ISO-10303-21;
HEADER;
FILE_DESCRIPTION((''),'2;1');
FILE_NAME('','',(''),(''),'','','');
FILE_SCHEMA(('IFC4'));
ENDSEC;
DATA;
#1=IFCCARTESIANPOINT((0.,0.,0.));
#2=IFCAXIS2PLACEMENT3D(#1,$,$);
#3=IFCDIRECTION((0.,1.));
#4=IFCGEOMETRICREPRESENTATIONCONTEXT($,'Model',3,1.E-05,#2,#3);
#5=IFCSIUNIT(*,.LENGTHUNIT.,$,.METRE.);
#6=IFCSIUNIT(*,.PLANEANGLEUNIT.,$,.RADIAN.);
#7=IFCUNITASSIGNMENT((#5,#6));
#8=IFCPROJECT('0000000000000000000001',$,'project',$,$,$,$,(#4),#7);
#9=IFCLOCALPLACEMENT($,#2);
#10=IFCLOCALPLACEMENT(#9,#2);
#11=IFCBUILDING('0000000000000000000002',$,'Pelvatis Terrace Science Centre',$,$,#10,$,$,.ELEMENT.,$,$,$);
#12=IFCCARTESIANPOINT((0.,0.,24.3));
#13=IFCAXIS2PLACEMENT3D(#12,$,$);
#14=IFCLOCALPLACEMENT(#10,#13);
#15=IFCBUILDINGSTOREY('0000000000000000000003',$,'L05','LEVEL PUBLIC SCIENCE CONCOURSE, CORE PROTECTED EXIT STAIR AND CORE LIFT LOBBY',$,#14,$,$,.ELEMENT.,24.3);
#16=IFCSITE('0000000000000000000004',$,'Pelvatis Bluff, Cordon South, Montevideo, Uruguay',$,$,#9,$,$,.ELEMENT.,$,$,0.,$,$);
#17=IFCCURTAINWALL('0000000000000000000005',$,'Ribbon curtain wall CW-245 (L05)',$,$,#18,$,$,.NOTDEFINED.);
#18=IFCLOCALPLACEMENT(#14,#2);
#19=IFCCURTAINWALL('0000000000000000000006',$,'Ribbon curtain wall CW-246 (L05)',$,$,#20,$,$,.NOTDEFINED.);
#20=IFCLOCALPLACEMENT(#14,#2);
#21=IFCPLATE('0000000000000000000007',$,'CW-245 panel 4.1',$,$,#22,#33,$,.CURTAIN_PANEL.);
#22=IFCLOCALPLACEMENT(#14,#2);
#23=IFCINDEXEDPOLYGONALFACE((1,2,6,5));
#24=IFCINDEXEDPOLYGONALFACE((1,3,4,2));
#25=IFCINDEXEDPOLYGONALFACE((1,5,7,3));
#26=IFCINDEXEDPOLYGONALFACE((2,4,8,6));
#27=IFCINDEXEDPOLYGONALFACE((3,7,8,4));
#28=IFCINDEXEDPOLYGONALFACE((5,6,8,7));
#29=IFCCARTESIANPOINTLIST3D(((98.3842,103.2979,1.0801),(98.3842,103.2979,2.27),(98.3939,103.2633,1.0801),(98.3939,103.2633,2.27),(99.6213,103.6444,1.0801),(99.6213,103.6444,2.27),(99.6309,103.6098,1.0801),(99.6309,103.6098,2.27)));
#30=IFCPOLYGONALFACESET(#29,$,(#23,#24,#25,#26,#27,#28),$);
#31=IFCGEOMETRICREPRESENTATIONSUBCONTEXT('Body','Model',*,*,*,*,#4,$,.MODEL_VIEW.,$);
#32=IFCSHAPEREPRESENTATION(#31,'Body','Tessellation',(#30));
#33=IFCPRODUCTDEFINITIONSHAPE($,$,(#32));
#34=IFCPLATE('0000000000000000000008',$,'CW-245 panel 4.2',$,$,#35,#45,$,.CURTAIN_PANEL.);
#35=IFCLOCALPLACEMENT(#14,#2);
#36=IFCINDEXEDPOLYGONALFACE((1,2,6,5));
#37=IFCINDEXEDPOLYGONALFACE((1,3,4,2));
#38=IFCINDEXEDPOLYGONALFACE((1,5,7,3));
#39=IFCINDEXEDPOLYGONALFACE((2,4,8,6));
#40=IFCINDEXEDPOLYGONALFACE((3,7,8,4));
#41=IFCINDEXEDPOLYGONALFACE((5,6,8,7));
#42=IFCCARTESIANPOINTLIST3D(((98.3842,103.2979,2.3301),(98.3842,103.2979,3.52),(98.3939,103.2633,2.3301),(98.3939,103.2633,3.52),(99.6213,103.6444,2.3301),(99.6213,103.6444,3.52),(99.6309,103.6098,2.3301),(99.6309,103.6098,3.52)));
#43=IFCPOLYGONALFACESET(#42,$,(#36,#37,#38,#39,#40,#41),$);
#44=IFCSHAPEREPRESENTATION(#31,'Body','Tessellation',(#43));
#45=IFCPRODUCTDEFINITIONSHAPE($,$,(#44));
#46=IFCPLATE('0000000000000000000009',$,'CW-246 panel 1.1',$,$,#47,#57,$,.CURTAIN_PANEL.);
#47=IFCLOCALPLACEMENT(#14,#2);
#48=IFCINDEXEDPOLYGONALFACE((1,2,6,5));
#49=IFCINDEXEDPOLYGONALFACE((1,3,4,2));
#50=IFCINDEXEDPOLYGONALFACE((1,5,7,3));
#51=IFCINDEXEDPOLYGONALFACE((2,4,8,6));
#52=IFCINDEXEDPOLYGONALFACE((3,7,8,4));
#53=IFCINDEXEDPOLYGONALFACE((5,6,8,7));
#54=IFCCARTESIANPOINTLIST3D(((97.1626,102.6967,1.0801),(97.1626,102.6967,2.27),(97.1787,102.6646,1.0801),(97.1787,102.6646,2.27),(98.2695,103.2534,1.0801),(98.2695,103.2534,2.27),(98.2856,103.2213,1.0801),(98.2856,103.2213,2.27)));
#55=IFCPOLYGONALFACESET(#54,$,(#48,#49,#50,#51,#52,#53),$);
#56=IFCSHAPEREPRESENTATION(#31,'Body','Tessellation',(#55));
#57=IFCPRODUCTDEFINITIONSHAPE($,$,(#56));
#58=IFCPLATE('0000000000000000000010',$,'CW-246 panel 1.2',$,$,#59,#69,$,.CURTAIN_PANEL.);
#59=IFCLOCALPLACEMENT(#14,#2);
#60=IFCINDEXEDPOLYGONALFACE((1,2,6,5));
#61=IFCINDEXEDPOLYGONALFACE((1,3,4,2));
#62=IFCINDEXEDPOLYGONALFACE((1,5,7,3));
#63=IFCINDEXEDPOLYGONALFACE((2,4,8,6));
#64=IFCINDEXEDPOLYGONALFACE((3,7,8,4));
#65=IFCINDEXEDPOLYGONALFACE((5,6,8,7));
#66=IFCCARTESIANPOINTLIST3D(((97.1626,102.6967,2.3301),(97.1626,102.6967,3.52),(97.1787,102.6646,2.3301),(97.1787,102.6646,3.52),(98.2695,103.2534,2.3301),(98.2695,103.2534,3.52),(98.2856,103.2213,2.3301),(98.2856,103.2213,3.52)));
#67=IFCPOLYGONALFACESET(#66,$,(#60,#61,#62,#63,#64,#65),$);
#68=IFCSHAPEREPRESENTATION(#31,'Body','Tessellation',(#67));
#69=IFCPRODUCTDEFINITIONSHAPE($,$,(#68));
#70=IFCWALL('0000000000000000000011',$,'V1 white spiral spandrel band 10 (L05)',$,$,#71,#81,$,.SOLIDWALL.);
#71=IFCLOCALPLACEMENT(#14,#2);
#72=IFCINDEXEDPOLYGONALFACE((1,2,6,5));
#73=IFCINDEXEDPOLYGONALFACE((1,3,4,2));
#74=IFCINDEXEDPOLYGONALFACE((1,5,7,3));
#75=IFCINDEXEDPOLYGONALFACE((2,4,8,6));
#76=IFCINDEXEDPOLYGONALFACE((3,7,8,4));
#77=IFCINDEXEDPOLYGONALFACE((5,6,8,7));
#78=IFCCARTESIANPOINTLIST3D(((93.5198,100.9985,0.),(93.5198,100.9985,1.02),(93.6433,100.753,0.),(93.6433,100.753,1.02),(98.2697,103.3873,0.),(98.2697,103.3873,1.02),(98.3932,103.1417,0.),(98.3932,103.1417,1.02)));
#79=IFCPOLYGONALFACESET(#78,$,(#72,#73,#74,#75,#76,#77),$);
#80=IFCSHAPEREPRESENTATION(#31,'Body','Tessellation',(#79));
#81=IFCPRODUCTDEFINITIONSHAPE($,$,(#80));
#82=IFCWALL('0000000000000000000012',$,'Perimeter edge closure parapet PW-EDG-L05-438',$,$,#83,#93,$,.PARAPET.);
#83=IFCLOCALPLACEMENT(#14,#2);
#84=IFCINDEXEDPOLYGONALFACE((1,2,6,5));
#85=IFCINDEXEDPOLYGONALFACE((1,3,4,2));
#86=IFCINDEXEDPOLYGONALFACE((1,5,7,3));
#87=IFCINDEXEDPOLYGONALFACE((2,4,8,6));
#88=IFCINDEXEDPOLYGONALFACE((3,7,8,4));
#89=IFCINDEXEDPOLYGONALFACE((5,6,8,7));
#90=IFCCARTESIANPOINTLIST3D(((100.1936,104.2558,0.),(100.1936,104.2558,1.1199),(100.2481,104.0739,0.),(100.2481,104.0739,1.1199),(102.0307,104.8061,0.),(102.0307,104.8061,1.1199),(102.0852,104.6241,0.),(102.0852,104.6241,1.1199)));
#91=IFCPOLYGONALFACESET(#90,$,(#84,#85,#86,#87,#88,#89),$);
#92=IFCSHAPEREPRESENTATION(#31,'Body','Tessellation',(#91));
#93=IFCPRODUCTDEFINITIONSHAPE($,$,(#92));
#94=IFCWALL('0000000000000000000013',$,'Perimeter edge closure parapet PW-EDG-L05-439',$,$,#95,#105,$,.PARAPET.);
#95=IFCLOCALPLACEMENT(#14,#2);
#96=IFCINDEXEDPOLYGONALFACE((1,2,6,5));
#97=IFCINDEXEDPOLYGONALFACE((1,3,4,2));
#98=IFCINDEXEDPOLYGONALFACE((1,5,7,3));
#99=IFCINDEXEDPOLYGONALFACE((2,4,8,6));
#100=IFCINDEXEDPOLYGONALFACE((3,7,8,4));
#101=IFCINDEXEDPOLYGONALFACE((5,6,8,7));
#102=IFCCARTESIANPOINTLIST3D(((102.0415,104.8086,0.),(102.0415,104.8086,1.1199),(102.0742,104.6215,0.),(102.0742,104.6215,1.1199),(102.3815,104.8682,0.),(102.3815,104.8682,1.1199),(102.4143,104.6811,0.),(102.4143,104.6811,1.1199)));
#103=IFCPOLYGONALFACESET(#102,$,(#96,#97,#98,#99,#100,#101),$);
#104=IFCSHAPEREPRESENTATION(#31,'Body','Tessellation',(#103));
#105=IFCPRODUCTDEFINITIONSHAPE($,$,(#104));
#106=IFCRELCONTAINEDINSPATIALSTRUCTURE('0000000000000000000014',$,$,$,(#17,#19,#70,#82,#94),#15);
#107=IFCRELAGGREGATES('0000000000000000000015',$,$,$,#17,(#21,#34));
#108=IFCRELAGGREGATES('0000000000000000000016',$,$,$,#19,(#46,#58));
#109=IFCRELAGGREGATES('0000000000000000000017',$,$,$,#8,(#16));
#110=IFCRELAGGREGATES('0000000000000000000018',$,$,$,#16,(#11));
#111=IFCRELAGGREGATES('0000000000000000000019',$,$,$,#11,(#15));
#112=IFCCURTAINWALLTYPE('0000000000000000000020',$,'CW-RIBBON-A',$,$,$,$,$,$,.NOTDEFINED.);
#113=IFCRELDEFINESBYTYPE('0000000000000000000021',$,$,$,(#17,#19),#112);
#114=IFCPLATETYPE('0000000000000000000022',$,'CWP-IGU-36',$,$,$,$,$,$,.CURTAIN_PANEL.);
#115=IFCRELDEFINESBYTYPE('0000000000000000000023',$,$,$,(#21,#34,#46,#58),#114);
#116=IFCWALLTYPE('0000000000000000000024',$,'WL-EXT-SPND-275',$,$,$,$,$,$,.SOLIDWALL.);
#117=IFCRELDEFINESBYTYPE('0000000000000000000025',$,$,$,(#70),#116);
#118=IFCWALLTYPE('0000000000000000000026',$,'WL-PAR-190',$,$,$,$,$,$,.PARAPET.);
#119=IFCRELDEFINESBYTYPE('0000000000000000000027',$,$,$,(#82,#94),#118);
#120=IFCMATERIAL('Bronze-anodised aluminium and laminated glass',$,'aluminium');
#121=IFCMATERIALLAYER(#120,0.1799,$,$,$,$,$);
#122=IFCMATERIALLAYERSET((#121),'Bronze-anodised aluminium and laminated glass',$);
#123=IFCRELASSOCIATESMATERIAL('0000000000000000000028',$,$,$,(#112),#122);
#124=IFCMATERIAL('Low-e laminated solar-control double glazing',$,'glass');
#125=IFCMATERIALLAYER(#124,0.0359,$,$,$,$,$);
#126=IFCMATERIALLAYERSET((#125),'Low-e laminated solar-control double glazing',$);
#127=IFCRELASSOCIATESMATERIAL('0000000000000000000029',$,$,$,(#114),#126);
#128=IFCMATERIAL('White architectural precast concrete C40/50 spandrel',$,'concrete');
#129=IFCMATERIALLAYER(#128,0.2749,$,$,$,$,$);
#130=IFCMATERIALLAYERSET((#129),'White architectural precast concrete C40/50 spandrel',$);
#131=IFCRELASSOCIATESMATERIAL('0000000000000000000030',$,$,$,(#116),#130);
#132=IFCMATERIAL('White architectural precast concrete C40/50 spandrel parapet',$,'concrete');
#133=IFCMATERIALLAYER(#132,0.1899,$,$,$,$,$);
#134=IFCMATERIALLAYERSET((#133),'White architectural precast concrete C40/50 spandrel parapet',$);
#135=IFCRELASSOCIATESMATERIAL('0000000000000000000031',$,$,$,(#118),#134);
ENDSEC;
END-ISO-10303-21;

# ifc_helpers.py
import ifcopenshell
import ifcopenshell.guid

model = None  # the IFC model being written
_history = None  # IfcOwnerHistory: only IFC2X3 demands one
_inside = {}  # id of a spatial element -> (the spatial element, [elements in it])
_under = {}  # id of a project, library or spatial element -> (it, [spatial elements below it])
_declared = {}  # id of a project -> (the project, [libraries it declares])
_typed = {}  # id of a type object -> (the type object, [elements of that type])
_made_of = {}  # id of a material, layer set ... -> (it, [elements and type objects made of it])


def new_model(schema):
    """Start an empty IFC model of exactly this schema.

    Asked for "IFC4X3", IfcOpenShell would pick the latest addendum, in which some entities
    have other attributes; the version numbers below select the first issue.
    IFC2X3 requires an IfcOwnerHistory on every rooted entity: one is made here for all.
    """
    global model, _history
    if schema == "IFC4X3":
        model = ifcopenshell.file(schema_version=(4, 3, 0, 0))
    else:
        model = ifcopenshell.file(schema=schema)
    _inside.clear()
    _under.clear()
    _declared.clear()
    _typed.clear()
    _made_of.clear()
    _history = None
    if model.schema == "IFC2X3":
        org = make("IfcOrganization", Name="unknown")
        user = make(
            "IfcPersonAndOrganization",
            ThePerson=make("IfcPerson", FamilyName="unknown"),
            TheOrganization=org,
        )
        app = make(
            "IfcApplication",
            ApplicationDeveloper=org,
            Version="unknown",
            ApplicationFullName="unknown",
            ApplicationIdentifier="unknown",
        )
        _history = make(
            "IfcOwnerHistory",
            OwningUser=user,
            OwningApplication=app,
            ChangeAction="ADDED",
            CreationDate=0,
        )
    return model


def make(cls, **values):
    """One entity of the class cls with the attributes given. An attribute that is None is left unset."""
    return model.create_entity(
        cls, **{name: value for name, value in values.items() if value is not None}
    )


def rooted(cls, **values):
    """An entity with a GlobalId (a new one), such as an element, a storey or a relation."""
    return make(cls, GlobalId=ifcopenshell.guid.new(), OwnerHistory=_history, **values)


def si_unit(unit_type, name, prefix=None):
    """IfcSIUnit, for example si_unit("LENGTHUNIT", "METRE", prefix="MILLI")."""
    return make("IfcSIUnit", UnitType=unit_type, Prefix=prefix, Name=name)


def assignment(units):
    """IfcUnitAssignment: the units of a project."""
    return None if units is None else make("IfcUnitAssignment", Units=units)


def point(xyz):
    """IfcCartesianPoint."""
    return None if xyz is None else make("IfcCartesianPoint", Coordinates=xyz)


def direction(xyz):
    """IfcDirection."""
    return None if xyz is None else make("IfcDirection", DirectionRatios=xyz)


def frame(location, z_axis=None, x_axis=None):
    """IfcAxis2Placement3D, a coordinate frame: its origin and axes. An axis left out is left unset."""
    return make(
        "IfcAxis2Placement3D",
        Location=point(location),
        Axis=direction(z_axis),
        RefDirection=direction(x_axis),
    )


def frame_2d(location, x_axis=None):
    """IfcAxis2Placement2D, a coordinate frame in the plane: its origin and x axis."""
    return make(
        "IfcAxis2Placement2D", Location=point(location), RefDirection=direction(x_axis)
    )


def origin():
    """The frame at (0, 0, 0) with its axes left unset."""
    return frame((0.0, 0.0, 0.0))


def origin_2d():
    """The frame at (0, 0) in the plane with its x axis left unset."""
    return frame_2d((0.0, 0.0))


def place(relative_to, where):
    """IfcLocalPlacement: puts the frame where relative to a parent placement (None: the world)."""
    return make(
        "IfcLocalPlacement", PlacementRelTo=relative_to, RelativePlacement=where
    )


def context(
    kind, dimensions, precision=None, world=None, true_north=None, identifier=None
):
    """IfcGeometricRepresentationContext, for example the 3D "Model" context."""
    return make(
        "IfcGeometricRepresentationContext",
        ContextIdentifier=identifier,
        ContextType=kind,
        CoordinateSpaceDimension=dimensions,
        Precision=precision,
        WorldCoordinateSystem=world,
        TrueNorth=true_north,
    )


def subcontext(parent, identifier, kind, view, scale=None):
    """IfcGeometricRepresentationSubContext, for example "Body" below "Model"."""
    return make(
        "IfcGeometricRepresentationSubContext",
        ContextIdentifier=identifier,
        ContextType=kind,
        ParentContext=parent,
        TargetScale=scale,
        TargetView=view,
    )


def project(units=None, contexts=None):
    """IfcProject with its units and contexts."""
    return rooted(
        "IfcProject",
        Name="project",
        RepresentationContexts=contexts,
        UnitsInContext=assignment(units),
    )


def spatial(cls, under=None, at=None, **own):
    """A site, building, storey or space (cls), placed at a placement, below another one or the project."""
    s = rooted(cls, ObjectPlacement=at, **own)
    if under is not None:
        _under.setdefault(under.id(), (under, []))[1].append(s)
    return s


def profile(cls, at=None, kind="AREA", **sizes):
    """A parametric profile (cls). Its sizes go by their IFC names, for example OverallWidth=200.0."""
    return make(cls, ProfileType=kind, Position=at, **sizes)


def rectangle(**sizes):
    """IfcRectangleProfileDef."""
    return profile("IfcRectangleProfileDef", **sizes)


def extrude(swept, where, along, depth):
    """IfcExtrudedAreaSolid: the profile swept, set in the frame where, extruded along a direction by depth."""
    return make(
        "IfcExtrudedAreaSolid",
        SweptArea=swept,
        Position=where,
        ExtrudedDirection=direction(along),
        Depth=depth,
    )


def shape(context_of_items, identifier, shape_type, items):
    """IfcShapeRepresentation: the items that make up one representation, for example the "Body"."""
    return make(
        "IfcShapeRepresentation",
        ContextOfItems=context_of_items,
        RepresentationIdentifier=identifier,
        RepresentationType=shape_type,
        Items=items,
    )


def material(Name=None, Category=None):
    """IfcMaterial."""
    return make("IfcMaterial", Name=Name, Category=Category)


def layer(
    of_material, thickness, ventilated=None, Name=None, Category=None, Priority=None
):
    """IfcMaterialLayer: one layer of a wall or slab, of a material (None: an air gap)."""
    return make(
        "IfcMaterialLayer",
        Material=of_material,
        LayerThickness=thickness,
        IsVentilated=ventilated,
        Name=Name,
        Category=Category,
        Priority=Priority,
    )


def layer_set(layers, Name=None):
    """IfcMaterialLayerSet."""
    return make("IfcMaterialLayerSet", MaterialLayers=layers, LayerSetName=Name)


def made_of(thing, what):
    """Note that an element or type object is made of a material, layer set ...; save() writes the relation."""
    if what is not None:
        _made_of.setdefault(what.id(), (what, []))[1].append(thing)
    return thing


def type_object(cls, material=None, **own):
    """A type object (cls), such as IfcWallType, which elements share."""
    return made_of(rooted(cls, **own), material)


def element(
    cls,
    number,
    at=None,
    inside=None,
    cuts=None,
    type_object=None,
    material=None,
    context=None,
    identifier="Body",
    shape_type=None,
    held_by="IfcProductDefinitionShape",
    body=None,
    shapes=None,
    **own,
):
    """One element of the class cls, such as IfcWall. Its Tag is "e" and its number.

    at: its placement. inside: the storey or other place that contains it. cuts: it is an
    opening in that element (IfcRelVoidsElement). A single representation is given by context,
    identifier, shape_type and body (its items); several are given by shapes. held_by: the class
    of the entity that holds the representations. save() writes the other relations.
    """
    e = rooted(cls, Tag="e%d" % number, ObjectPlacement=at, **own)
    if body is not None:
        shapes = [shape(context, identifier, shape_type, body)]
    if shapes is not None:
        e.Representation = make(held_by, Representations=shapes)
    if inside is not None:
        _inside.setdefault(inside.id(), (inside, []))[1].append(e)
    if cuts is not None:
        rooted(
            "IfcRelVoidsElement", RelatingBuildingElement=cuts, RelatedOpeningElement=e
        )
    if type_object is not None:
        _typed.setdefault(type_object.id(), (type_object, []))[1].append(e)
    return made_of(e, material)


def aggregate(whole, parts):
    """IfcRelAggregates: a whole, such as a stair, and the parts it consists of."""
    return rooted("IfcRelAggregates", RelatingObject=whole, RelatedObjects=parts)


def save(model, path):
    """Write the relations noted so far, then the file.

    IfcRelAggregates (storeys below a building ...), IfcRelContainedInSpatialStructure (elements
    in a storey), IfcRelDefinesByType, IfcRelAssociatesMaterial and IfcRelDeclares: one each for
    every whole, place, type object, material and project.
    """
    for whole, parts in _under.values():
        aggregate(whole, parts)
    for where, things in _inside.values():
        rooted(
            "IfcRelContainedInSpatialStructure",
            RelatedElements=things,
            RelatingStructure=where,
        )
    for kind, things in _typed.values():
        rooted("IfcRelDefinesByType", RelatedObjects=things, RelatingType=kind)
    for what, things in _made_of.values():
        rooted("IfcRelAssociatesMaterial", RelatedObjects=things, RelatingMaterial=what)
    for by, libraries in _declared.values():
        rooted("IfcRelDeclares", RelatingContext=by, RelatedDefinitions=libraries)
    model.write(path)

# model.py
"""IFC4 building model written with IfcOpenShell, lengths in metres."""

from ifc_helpers import new_model, si_unit, direction, frame, frame_2d, origin, origin_2d, place, context, subcontext, project, spatial, rectangle, extrude, material, layer, layer_set, type_object, element, aggregate, save


model = new_model("IFC4")

# Units and contexts
model_context = context("Model", 3, precision=1e-05, world=origin(), true_north=direction((0.0, 1.0)))
body_context = subcontext(model_context, "Body", "Model", "MODEL_VIEW")
ifc_project = project(units=[si_unit("LENGTHUNIT", "METRE"), si_unit("PLANEANGLEUNIT", "RADIAN")], contexts=[model_context])

# Site, building, storey
site_placement = place(None, origin())
site = spatial("IfcSite", under=ifc_project, at=site_placement, Name="Pelvatis Bluff, Cordon South, Montevideo, Uruguay", CompositionType="ELEMENT", RefElevation=0.0)
building_placement = place(site_placement, origin())
building = spatial("IfcBuilding", under=site, at=building_placement, Name="Pelvatis Terrace Science Centre", CompositionType="ELEMENT")
storey_placement = place(building_placement, frame((0.0, 0.0, 24.3)))
storey = spatial("IfcBuildingStorey", under=building, at=storey_placement, Name="L05", Description="LEVEL PUBLIC SCIENCE CONCOURSE, CORE PROTECTED EXIT STAIR AND CORE LIFT LOBBY", CompositionType="ELEMENT", Elevation=24.3)

# Curtain walls
ifc_material_1 = material(Name="Bronze-anodised aluminium and laminated glass", Category="aluminium")
ifc_layer_1 = layer(ifc_material_1, 0.1799)
ifc_layer_set_1 = layer_set([ifc_layer_1], Name="Bronze-anodised aluminium and laminated glass")
curtain_wall_type = type_object("IfcCurtainWallType", Name="CW-RIBBON-A", PredefinedType="NOTDEFINED", material=ifc_layer_set_1)
curtain_wall_1_placement = place(storey_placement, origin())
curtain_wall_1 = element("IfcCurtainWall", 1, at=curtain_wall_1_placement, inside=storey, type_object=curtain_wall_type, Name="Ribbon curtain wall CW-245 (L05)", PredefinedType="NOTDEFINED")
curtain_wall_2_placement = place(storey_placement, origin())
curtain_wall_2 = element("IfcCurtainWall", 2, at=curtain_wall_2_placement, inside=storey, type_object=curtain_wall_type, Name="Ribbon curtain wall CW-246 (L05)", PredefinedType="NOTDEFINED")

# Plates
ifc_material_2 = material(Name="Low-e laminated solar-control double glazing", Category="glass")
ifc_layer_2 = layer(ifc_material_2, 0.0359)
ifc_layer_set_2 = layer_set([ifc_layer_2], Name="Low-e laminated solar-control double glazing")
plate_type = type_object("IfcPlateType", Name="CWP-IGU-36", PredefinedType="CURTAIN_PANEL", material=ifc_layer_set_2)
plate_1_placement = place(storey_placement, frame((99.0076, 103.4539, 1.0801), z_axis=(0.0, 0.0, 1.0), x_axis=(-0.962946, -0.269695, 0.0)))
plate_1 = element("IfcPlate", 3, at=plate_1_placement, type_object=plate_type, Name="CW-245 panel 4.1", PredefinedType="CURTAIN_PANEL", context=body_context, shape_type="SweptSolid", body=[
    extrude(rectangle(XDim=1.2847, YDim=0.0359, at=origin_2d()), origin(), (0.0, 0.0, 1.0), 1.1899),
])
plate_2_placement = place(storey_placement, frame((99.0076, 103.4539, 2.3301), z_axis=(0.0, 0.0, 1.0), x_axis=(-0.962946, -0.269695, 0.0)))
plate_2 = element("IfcPlate", 4, at=plate_2_placement, type_object=plate_type, Name="CW-245 panel 4.2", PredefinedType="CURTAIN_PANEL", context=body_context, shape_type="SweptSolid", body=[
    extrude(rectangle(XDim=1.2847, YDim=0.0359, at=origin_2d()), origin(), (0.0, 0.0, 1.0), 1.1899),
])
aggregate(curtain_wall_1, [plate_1, plate_2])
plate_3_placement = place(storey_placement, frame((97.7241, 102.959, 1.0801), z_axis=(0.0, 0.0, 1.0), x_axis=(-0.893379, -0.449304, 0.0)))
plate_3 = element("IfcPlate", 5, at=plate_3_placement, type_object=plate_type, Name="CW-246 panel 1.1", PredefinedType="CURTAIN_PANEL", context=body_context, shape_type="SweptSolid", body=[
    extrude(rectangle(XDim=1.239, YDim=0.0359, at=origin_2d()), origin(), (0.0, 0.0, 1.0), 1.1899),
])
plate_4_placement = place(storey_placement, frame((97.7241, 102.959, 2.3301), z_axis=(0.0, 0.0, 1.0), x_axis=(-0.893379, -0.449304, 0.0)))
plate_4 = element("IfcPlate", 6, at=plate_4_placement, type_object=plate_type, Name="CW-246 panel 1.2", PredefinedType="CURTAIN_PANEL", context=body_context, shape_type="SweptSolid", body=[
    extrude(rectangle(XDim=1.239, YDim=0.0359, at=origin_2d()), origin(), (0.0, 0.0, 1.0), 1.1899),
])
aggregate(curtain_wall_2, [plate_3, plate_4])

# Walls
ifc_material_3 = material(Name="White architectural precast concrete C40/50 spandrel", Category="concrete")
ifc_layer_3 = layer(ifc_material_3, 0.2749)
ifc_layer_set_3 = layer_set([ifc_layer_3], Name="White architectural precast concrete C40/50 spandrel")
wall_type_1 = type_object("IfcWallType", Name="WL-EXT-SPND-275", PredefinedType="SOLIDWALL", material=ifc_layer_set_3)
wall_1_placement = place(storey_placement, frame((98.3313, 103.2644, 0.0), z_axis=(0.0, 0.0, 1.0), x_axis=(-0.893387, -0.449288, 0.0)))
element("IfcWall", 7, at=wall_1_placement, inside=storey, type_object=wall_type_1, Name="V1 white spiral spandrel band 10 (L05)", PredefinedType="SOLIDWALL", context=body_context, shape_type="SweptSolid", body=[
    extrude(rectangle(XDim=5.3167, YDim=0.2749, at=frame_2d((2.6582, 0.0))), origin(), (0.0, 0.0, 1.0), 1.02),
])
ifc_material_4 = material(Name="White architectural precast concrete C40/50 spandrel parapet", Category="concrete")
ifc_layer_4 = layer(ifc_material_4, 0.1899)
ifc_layer_set_4 = layer_set([ifc_layer_4], Name="White architectural precast concrete C40/50 spandrel parapet")
wall_type_2 = type_object("IfcWallType", Name="WL-PAR-190", PredefinedType="PARAPET", material=ifc_layer_set_4)
wall_2_placement = place(storey_placement, frame((100.2207, 104.1648, 0.0), z_axis=(0.0, 0.0, 1.0), x_axis=(0.957949, 0.286939, 0.0)))
element("IfcWall", 8, at=wall_2_placement, inside=storey, type_object=wall_type_2, Name="Perimeter edge closure parapet PW-EDG-L05-438", PredefinedType="PARAPET", context=body_context, shape_type="SweptSolid", body=[
    extrude(rectangle(XDim=1.9177, YDim=0.1899, at=frame_2d((0.959, 0.0))), origin(), (0.0, 0.0, 1.0), 1.1199),
])
wall_3_placement = place(storey_placement, frame((102.0579, 104.7151, 0.0), z_axis=(0.0, 0.0, 1.0), x_axis=(0.985003, 0.172535, 0.0)))
element("IfcWall", 9, at=wall_3_placement, inside=storey, type_object=wall_type_2, Name="Perimeter edge closure parapet PW-EDG-L05-439", PredefinedType="PARAPET", context=body_context, shape_type="SweptSolid", body=[
    extrude(rectangle(XDim=0.3452, YDim=0.1899, at=frame_2d((0.1726, 0.0))), origin(), (0.0, 0.0, 1.0), 1.1199),
])

save(model, "model.ifc")
